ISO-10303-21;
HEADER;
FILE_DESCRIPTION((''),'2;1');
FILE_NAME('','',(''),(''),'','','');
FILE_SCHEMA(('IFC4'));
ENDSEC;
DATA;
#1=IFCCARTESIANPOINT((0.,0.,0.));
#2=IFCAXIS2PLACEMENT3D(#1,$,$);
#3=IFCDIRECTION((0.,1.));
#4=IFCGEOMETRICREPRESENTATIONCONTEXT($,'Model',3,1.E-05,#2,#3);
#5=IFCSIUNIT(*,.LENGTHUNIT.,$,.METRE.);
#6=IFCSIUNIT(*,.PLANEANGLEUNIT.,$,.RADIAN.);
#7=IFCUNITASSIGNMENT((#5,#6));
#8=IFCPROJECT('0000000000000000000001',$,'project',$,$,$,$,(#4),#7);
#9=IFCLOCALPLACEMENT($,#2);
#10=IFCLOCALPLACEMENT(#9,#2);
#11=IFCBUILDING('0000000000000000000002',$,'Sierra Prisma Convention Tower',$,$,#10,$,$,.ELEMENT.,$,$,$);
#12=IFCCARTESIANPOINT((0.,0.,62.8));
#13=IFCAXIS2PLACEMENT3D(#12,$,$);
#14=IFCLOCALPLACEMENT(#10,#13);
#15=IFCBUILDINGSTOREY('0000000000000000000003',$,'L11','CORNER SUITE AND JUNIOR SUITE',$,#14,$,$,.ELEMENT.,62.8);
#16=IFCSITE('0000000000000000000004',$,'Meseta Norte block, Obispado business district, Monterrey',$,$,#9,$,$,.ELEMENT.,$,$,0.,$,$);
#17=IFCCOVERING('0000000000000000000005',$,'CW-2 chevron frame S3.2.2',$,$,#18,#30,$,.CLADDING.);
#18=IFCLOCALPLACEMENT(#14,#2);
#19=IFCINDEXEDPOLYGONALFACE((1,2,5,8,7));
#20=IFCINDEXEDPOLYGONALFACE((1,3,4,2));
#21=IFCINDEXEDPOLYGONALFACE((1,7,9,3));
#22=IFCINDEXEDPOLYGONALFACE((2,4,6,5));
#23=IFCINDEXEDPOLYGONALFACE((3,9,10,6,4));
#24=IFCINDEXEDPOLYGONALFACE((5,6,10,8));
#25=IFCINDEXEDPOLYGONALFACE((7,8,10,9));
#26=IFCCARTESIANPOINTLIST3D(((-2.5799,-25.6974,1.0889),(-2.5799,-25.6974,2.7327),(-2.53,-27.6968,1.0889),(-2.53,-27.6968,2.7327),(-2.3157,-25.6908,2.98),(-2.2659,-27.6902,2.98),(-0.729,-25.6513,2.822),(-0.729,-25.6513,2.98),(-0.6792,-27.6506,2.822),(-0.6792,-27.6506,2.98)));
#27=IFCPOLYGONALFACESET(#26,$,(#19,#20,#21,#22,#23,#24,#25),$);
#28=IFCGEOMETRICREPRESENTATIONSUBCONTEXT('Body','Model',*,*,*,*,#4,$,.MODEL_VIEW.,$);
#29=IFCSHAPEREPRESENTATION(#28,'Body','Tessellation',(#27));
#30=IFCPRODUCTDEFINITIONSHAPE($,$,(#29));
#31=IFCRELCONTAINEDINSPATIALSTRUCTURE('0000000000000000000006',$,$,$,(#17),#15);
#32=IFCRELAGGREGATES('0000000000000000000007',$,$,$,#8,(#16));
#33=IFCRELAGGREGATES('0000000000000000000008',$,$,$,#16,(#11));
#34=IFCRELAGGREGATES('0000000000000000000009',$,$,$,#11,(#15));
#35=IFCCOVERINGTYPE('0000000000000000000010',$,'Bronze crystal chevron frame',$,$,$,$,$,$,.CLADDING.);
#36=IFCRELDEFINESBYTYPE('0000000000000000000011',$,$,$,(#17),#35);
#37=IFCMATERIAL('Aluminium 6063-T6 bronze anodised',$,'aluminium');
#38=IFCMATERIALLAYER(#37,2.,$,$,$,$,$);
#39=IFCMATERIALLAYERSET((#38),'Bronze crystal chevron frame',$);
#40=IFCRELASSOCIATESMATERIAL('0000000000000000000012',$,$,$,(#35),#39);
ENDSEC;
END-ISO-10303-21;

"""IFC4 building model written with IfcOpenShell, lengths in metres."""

from ifc_helpers import new_model, si_unit, direction, frame, origin, place, context, subcontext, project, spatial, polyline, outline, extrude, material, layer, layer_set, type_object, element, save


model = new_model("IFC4")

# Units and contexts
model_context = context("Model", 3, precision=1e-05, world=origin(), true_north=direction((0.0, 1.0)))
body_context = subcontext(model_context, "Body", "Model", "MODEL_VIEW")
ifc_project = project(units=[si_unit("LENGTHUNIT", "METRE"), si_unit("PLANEANGLEUNIT", "RADIAN")], contexts=[model_context])

# Site, building, storey
site_placement = place(None, origin())
site = spatial("IfcSite", under=ifc_project, at=site_placement, Name="Meseta Norte block, Obispado business district, Monterrey", CompositionType="ELEMENT", RefElevation=0.0)
building_placement = place(site_placement, origin())
building = spatial("IfcBuilding", under=site, at=building_placement, Name="Sierra Prisma Convention Tower", CompositionType="ELEMENT")
storey_placement = place(building_placement, frame((0.0, 0.0, 62.8)))
storey = spatial("IfcBuildingStorey", under=building, at=storey_placement, Name="L11", Description="CORNER SUITE AND JUNIOR SUITE", CompositionType="ELEMENT", Elevation=62.8)

# Covering
ifc_material_1 = material(Name="Aluminium 6063-T6 bronze anodised", Category="aluminium")
ifc_layer_1 = layer(ifc_material_1, 2.0)
ifc_layer_set_1 = layer_set([ifc_layer_1], Name="Bronze crystal chevron frame")
covering_type = type_object("IfcCoveringType", Name="Bronze crystal chevron frame", PredefinedType="CLADDING", material=ifc_layer_set_1)
covering_1_placement = place(storey_placement, frame((-0.6792, -27.6506, 2.98), z_axis=(0.024923, -0.999689, 0.000003), x_axis=(-0.999689, -0.024923, 0.0)))
element("IfcCovering", 1, at=covering_1_placement, inside=storey, type_object=covering_type, Name="CW-2 chevron frame S3.2.2", PredefinedType="CLADDING", context=body_context, shape_type="SweptSolid", body=[
    extrude(outline(polyline([(0.0, 0.0), (1.5872, 0.0), (1.8514, 0.2473), (1.8514, 1.8911), (0.0, 0.158), (0.0, 0.0)])), origin(), (0.0, 0.0, -1.0), 2.0),
])

save(model, "model.ifc")
